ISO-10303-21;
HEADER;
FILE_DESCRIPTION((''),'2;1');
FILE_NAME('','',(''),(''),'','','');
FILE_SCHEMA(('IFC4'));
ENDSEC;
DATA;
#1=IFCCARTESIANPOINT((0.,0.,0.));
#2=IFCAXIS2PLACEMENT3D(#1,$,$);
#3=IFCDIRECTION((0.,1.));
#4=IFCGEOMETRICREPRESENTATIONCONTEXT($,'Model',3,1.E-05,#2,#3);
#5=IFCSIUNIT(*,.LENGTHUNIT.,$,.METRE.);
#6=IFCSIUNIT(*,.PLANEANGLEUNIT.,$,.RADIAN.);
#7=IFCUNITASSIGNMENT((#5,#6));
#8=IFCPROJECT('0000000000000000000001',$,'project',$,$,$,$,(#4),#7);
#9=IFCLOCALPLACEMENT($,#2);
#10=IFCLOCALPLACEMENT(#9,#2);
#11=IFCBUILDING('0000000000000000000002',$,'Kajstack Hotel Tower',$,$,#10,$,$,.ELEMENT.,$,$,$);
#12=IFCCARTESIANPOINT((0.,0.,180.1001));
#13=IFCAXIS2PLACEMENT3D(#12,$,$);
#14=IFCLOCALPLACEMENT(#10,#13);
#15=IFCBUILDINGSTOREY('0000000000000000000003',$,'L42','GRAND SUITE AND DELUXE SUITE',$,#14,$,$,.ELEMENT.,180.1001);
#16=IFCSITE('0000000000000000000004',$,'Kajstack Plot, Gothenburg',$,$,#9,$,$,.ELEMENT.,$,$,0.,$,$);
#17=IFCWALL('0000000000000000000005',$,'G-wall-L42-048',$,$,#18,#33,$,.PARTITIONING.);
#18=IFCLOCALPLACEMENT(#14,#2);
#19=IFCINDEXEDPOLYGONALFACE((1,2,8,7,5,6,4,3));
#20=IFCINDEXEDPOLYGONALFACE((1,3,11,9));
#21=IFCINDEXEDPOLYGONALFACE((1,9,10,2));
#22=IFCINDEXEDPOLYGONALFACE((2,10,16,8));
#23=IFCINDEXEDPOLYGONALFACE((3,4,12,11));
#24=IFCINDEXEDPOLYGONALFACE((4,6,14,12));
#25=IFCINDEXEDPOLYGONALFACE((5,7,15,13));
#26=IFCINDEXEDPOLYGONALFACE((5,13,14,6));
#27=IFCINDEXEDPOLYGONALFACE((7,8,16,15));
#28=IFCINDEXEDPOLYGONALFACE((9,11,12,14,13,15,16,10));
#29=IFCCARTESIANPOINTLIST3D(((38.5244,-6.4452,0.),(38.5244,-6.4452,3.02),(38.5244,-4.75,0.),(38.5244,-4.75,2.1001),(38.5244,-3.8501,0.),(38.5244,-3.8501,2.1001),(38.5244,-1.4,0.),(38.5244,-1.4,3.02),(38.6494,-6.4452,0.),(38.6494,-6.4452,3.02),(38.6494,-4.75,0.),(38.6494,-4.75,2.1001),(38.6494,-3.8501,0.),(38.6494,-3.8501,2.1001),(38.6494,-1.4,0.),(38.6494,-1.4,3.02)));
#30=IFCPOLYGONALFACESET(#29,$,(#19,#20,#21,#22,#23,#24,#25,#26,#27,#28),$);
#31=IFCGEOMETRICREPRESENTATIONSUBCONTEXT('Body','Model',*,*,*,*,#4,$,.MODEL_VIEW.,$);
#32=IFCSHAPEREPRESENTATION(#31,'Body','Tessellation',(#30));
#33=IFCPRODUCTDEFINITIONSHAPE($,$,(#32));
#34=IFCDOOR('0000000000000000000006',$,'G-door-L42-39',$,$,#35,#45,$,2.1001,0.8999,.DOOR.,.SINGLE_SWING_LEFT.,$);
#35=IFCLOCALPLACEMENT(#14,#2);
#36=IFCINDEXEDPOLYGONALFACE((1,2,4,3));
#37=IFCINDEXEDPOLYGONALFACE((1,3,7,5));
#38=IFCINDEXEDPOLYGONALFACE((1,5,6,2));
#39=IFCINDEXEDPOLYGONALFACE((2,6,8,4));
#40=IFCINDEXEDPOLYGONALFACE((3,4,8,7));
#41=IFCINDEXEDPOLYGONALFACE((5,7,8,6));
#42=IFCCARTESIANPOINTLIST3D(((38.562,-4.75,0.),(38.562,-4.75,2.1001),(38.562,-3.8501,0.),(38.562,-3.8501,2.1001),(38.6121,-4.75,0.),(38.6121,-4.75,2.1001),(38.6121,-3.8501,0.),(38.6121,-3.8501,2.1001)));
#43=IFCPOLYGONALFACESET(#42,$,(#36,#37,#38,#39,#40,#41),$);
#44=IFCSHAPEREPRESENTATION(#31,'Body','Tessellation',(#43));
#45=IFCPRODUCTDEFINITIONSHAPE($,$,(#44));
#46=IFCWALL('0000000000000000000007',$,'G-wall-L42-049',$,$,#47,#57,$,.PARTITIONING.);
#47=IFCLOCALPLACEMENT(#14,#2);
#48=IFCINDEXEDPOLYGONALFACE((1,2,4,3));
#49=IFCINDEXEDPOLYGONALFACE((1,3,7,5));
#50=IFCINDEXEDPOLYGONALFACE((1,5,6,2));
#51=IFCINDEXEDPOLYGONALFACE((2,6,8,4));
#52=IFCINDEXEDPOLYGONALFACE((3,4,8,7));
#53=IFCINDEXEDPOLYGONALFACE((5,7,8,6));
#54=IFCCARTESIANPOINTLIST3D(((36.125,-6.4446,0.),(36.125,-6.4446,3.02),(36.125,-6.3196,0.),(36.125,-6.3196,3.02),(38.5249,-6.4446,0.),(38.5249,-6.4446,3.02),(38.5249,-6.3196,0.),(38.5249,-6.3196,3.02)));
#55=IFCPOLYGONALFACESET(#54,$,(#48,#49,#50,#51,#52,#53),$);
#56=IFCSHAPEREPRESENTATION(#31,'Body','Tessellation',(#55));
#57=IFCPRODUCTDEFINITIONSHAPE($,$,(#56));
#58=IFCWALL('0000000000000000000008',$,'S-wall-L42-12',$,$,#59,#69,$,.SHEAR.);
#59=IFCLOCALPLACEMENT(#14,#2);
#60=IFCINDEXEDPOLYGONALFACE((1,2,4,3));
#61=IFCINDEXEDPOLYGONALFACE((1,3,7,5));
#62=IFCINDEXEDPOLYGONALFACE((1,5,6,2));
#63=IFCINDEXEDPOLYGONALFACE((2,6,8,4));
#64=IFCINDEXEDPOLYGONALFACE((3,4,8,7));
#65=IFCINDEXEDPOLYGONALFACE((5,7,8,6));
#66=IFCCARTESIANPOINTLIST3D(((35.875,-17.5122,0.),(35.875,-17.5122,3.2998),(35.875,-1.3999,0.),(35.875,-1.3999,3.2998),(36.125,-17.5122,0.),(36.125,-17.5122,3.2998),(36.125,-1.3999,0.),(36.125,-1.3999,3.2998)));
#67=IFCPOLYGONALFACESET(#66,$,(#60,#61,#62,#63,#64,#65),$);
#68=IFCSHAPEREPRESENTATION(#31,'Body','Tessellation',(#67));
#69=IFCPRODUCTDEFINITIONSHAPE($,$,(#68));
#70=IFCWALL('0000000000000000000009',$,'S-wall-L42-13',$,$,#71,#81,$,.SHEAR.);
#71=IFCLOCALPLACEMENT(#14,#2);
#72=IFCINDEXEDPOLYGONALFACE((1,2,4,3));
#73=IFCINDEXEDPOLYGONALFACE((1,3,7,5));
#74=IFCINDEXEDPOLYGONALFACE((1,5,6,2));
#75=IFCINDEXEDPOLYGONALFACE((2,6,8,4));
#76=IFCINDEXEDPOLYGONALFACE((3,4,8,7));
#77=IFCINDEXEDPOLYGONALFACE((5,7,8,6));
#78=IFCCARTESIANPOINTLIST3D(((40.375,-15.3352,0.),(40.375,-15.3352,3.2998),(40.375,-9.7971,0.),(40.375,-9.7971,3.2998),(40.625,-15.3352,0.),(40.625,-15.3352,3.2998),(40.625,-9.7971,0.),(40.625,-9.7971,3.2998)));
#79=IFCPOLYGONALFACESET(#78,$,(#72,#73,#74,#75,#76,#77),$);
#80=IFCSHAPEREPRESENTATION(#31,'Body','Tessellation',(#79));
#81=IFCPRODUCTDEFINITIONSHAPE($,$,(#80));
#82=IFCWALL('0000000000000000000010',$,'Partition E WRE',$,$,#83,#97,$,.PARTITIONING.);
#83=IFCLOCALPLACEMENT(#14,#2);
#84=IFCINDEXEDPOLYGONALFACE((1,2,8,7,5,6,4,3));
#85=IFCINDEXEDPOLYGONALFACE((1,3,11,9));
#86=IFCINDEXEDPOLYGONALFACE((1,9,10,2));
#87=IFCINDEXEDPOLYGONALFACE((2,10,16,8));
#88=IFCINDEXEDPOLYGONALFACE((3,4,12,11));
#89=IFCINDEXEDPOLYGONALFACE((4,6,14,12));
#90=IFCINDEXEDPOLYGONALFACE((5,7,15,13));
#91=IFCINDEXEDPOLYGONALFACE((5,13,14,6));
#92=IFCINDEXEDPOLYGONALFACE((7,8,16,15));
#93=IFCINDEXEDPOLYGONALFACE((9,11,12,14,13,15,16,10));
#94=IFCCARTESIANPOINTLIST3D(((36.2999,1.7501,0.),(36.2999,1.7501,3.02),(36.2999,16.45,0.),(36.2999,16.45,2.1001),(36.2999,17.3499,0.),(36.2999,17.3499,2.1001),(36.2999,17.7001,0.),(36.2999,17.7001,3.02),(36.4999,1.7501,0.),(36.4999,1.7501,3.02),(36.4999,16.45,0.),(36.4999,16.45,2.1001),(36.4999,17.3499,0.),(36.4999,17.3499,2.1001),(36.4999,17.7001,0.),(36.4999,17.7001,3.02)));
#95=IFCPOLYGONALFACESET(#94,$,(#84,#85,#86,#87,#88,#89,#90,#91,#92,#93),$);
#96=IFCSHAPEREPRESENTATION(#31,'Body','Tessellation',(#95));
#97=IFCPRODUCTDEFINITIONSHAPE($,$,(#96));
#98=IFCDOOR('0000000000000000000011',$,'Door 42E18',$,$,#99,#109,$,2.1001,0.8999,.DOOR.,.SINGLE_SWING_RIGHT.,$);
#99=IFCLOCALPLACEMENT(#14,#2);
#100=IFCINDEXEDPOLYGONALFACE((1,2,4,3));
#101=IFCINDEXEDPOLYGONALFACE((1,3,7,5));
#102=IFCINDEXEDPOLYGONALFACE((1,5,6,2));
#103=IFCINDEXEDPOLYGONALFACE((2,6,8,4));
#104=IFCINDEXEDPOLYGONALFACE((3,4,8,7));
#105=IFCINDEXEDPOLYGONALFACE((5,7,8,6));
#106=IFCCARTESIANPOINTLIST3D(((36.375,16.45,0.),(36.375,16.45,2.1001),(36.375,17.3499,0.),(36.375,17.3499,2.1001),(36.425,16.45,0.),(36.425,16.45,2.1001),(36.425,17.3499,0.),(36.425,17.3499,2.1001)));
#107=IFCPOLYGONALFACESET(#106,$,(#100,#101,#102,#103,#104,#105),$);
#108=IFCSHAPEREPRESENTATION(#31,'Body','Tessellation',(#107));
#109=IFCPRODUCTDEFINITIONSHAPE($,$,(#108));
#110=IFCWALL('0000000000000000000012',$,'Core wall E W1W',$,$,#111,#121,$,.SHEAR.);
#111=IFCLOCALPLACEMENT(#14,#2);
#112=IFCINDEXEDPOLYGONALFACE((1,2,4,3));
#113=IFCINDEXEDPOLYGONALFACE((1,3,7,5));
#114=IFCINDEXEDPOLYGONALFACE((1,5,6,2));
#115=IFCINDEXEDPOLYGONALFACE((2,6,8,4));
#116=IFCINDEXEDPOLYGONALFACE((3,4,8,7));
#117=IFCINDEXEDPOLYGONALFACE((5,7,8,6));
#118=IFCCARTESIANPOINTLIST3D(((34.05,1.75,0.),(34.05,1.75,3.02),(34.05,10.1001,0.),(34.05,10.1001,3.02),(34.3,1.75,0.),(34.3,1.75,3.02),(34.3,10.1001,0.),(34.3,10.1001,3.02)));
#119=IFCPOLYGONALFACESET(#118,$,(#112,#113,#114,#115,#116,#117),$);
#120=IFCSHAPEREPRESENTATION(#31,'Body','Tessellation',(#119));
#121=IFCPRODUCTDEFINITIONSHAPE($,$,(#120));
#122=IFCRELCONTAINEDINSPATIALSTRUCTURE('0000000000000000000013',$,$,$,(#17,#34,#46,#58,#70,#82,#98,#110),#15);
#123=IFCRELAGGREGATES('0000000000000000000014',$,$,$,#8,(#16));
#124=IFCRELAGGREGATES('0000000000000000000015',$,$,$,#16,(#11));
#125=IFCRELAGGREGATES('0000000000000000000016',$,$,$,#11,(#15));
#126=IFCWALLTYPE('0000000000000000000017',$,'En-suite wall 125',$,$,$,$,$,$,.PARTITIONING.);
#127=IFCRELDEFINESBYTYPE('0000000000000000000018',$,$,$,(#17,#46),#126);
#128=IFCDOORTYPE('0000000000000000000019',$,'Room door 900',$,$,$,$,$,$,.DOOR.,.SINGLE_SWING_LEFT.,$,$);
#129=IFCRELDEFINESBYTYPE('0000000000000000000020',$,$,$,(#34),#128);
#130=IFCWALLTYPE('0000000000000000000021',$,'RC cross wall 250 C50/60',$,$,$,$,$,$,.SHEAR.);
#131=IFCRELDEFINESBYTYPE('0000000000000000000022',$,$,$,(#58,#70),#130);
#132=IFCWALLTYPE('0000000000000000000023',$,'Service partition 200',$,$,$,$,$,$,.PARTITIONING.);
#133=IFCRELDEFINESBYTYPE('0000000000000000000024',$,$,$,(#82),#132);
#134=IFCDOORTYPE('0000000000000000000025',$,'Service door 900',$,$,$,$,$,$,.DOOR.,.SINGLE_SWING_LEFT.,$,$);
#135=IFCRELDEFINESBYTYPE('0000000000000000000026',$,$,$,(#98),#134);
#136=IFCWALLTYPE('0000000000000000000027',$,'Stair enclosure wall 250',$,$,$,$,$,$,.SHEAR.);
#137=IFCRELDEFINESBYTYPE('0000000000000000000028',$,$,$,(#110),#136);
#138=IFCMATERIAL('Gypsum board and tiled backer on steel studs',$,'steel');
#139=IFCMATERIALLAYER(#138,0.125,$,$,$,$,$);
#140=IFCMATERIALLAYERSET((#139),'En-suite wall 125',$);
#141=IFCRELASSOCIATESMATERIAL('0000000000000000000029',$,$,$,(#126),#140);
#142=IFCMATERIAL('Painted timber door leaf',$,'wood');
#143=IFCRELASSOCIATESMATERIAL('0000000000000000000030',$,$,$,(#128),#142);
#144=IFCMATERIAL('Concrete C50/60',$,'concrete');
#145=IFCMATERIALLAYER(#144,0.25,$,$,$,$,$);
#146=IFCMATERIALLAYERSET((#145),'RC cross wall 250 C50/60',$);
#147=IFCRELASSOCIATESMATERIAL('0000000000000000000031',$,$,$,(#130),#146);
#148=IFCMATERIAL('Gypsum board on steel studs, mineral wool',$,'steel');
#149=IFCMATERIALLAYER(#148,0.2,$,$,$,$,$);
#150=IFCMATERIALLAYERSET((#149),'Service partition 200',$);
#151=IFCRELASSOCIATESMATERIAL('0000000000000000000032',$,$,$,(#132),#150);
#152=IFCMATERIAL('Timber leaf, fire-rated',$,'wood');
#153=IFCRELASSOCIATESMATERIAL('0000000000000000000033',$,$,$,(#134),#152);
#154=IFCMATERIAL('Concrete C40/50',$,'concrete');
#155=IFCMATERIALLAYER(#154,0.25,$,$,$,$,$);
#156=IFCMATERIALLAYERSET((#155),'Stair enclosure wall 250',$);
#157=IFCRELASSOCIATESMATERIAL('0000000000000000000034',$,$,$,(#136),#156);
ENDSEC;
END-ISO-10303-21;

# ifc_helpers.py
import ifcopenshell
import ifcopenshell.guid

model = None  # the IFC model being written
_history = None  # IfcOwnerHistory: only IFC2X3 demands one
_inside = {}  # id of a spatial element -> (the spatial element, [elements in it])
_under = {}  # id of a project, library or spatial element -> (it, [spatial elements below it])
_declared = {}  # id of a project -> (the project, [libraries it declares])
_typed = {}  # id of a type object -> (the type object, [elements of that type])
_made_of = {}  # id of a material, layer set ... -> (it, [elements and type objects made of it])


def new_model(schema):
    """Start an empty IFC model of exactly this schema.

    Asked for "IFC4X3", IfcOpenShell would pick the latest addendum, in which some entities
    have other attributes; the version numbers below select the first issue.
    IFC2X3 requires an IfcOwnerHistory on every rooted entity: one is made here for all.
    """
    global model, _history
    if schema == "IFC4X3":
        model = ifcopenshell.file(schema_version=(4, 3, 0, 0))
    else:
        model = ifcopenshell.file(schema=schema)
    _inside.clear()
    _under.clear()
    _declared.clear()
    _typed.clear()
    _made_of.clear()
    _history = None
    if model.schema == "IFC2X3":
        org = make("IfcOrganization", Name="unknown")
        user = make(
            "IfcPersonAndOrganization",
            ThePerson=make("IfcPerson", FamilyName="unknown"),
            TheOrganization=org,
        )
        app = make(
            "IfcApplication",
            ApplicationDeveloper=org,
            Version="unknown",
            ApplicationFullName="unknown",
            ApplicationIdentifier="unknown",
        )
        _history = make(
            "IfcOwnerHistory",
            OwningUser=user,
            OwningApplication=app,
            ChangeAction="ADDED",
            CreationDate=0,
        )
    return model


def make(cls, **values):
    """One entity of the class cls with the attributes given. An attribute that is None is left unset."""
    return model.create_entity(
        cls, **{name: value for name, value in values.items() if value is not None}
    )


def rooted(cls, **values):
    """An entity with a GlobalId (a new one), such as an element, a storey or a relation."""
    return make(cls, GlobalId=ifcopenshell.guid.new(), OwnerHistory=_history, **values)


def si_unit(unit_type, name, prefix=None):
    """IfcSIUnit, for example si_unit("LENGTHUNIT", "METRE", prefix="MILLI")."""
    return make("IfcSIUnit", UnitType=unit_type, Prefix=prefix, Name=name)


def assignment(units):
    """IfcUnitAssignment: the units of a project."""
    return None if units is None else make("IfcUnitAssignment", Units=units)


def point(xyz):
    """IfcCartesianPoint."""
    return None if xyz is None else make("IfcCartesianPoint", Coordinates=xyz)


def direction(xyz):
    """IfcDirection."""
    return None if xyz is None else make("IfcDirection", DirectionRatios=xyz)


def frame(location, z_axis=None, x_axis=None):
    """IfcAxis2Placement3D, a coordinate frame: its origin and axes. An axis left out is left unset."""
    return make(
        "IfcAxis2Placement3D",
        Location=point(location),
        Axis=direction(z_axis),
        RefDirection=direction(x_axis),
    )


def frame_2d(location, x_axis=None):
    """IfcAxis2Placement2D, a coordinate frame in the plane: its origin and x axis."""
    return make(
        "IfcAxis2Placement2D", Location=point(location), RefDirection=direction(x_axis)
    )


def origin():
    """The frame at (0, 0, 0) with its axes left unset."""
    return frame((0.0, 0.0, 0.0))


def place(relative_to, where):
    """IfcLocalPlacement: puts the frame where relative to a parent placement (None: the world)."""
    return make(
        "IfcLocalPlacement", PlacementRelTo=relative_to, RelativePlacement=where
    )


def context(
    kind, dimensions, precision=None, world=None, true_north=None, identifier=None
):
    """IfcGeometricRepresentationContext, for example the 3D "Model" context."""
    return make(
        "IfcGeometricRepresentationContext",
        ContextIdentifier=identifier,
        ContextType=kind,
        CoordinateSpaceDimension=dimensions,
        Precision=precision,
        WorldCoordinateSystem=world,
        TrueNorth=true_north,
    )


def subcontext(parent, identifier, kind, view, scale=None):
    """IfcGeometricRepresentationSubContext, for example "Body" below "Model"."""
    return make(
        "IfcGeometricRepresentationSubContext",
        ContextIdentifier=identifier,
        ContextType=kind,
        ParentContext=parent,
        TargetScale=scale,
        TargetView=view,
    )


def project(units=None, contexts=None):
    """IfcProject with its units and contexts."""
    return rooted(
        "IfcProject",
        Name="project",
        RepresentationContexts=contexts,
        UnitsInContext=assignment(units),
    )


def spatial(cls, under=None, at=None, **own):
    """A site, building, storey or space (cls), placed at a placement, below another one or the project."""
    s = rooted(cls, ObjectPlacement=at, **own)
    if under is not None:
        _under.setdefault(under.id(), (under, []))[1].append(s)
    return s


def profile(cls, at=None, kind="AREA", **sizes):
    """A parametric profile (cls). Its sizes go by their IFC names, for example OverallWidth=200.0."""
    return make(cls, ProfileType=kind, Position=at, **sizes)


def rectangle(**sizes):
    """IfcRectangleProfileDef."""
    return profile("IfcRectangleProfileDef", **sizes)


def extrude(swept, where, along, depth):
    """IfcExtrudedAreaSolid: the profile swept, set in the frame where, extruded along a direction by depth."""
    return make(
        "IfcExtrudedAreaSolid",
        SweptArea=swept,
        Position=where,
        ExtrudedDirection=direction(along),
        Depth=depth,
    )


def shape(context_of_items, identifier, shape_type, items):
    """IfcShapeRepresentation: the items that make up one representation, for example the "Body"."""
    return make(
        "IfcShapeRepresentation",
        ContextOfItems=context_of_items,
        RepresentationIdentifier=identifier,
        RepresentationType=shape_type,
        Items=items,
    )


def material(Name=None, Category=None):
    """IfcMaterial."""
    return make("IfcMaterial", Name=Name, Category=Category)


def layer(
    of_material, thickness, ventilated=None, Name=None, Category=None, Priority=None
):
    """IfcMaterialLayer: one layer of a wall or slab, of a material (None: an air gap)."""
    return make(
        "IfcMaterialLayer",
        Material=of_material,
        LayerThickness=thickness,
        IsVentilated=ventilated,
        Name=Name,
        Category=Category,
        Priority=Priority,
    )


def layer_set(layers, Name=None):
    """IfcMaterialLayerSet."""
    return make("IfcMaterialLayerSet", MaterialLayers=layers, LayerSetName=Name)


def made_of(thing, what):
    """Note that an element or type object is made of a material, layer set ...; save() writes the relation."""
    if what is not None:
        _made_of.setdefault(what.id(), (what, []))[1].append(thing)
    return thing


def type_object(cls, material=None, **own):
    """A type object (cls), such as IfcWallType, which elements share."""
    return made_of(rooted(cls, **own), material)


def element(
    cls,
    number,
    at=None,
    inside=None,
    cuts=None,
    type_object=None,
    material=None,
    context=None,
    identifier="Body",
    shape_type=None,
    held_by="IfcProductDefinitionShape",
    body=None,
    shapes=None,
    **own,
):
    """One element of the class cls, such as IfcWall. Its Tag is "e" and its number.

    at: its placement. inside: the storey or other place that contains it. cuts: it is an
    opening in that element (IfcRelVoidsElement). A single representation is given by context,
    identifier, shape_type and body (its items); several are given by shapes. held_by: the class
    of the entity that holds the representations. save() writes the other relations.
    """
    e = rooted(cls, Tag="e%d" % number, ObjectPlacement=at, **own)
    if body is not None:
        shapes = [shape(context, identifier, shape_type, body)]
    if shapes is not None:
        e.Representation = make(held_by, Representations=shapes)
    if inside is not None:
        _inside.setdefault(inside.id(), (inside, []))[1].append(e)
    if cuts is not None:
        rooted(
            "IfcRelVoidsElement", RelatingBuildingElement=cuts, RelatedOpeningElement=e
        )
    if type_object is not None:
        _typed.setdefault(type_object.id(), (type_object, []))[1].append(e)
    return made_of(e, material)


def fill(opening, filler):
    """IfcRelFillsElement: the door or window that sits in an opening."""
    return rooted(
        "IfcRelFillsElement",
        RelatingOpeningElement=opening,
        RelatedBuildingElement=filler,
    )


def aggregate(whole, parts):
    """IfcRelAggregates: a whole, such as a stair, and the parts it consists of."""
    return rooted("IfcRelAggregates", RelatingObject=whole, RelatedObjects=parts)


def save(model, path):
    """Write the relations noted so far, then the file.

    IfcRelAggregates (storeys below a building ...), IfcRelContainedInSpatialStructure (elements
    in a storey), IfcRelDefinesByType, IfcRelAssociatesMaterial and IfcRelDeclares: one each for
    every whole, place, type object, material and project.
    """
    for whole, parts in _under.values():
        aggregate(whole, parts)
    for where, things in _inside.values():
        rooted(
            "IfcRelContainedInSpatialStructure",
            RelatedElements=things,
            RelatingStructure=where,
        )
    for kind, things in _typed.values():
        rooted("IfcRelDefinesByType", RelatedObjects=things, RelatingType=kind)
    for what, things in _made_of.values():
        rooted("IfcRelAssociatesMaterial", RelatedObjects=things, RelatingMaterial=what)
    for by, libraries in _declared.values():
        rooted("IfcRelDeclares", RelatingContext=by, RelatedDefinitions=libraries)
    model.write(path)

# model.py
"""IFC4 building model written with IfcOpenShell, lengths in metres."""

from ifc_helpers import new_model, si_unit, direction, frame, frame_2d, origin, place, context, subcontext, project, spatial, rectangle, extrude, material, layer, layer_set, type_object, element, fill, save


model = new_model("IFC4")

# Units and contexts
model_context = context("Model", 3, precision=1e-05, world=origin(), true_north=direction((0.0, 1.0)))
body_context = subcontext(model_context, "Body", "Model", "MODEL_VIEW")
ifc_project = project(units=[si_unit("LENGTHUNIT", "METRE"), si_unit("PLANEANGLEUNIT", "RADIAN")], contexts=[model_context])

# Site, building, storey
site_placement = place(None, origin())
site = spatial("IfcSite", under=ifc_project, at=site_placement, Name="Kajstack Plot, Gothenburg", CompositionType="ELEMENT", RefElevation=0.0)
building_placement = place(site_placement, origin())
building = spatial("IfcBuilding", under=site, at=building_placement, Name="Kajstack Hotel Tower", CompositionType="ELEMENT")
storey_placement = place(building_placement, frame((0.0, 0.0, 180.1001)))
storey = spatial("IfcBuildingStorey", under=building, at=storey_placement, Name="L42", Description="GRAND SUITE AND DELUXE SUITE", CompositionType="ELEMENT", Elevation=180.1001)

# Wall, opening, door
ifc_material_1 = material(Name="Gypsum board and tiled backer on steel studs", Category="steel")
ifc_layer_1 = layer(ifc_material_1, 0.125)
ifc_layer_set_1 = layer_set([ifc_layer_1], Name="En-suite wall 125")
wall_type_1 = type_object("IfcWallType", Name="En-suite wall 125", PredefinedType="PARTITIONING", material=ifc_layer_set_1)
wall_1_placement = place(storey_placement, frame((38.5869, -6.4451, 0.0), z_axis=(0.0, 0.0, 1.0), x_axis=(0.0, 1.0, 0.0)))
wall_1 = element("IfcWall", 1, at=wall_1_placement, inside=storey, type_object=wall_type_1, Name="G-wall-L42-048", PredefinedType="PARTITIONING", context=body_context, shape_type="SweptSolid", body=[
    extrude(rectangle(XDim=5.0452, YDim=0.125, at=frame_2d((2.5225, 0.0))), origin(), (0.0, 0.0, 1.0), 3.02),
])
opening_1_placement = place(wall_1_placement, frame((1.6951, 0.0, 0.0)))
opening_1 = element("IfcOpeningElement", 2, at=opening_1_placement, cuts=wall_1, PredefinedType="OPENING", context=body_context, shape_type="SweptSolid", body=[
    extrude(rectangle(XDim=0.8999, YDim=2.1001, at=frame_2d((0.45, 1.05))), frame((0.0, 0.0725, 0.0), z_axis=(0.0, -1.0, 0.0), x_axis=(1.0, 0.0, 0.0)), (0.0, 0.0, 1.0), 0.145),
])
ifc_material_2 = material(Name="Painted timber door leaf", Category="wood")
door_type_1 = type_object("IfcDoorType", Name="Room door 900", OperationType="SINGLE_SWING_LEFT", PredefinedType="DOOR", material=ifc_material_2)
door_1_placement = place(opening_1_placement, origin())
door_1 = element("IfcDoor", 3, at=door_1_placement, inside=storey, type_object=door_type_1, Name="G-door-L42-39", OperationType="SINGLE_SWING_LEFT", OverallHeight=2.1001, OverallWidth=0.8999, PredefinedType="DOOR", context=body_context, shape_type="SweptSolid", body=[
    extrude(rectangle(XDim=0.8999, YDim=2.1001, at=frame_2d((0.45, 1.05))), frame((0.0, 0.0249, 0.0), z_axis=(0.0, -1.0, 0.0), x_axis=(1.0, 0.0, 0.0)), (0.0, 0.0, 1.0), 0.05),
])
fill(opening_1, door_1)

# Walls
wall_2_placement = place(storey_placement, frame((36.125, -6.3821, 0.0), z_axis=(0.0, 0.0, 1.0), x_axis=(1.0, 0.0, 0.0)))
element("IfcWall", 4, at=wall_2_placement, inside=storey, type_object=wall_type_1, Name="G-wall-L42-049", PredefinedType="PARTITIONING", context=body_context, shape_type="SweptSolid", body=[
    extrude(rectangle(XDim=2.3999, YDim=0.125, at=frame_2d((1.2, 0.0))), origin(), (0.0, 0.0, 1.0), 3.02),
])
ifc_material_3 = material(Name="Concrete C50/60", Category="concrete")
ifc_layer_2 = layer(ifc_material_3, 0.25)
ifc_layer_set_2 = layer_set([ifc_layer_2], Name="RC cross wall 250 C50/60")
wall_type_2 = type_object("IfcWallType", Name="RC cross wall 250 C50/60", PredefinedType="SHEAR", material=ifc_layer_set_2)
wall_3_placement = place(storey_placement, frame((36.0, -17.5122, 0.0), z_axis=(0.0, 0.0, 1.0), x_axis=(0.0, 1.0, 0.0)))
element("IfcWall", 5, at=wall_3_placement, inside=storey, type_object=wall_type_2, Name="S-wall-L42-12", PredefinedType="SHEAR", context=body_context, shape_type="SweptSolid", body=[
    extrude(rectangle(XDim=16.1123, YDim=0.25, at=frame_2d((8.0562, 0.0))), origin(), (0.0, 0.0, 1.0), 3.2998),
])
wall_4_placement = place(storey_placement, frame((40.5, -15.3352, 0.0), z_axis=(0.0, 0.0, 1.0), x_axis=(0.0, 1.0, 0.0)))
element("IfcWall", 6, at=wall_4_placement, inside=storey, type_object=wall_type_2, Name="S-wall-L42-13", PredefinedType="SHEAR", context=body_context, shape_type="SweptSolid", body=[
    extrude(rectangle(XDim=5.5381, YDim=0.25, at=frame_2d((2.769, 0.0))), origin(), (0.0, 0.0, 1.0), 3.2998),
])

# Wall, opening, door
ifc_material_4 = material(Name="Gypsum board on steel studs, mineral wool", Category="steel")
ifc_layer_3 = layer(ifc_material_4, 0.2)
ifc_layer_set_3 = layer_set([ifc_layer_3], Name="Service partition 200")
wall_type_3 = type_object("IfcWallType", Name="Service partition 200", PredefinedType="PARTITIONING", material=ifc_layer_set_3)
wall_5_placement = place(storey_placement, frame((36.3999, 1.75, 0.0), z_axis=(0.0, 0.0, 1.0), x_axis=(0.0, 1.0, 0.0)))
wall_5 = element("IfcWall", 7, at=wall_5_placement, inside=storey, type_object=wall_type_3, Name="Partition E WRE", PredefinedType="PARTITIONING", context=body_context, shape_type="SweptSolid", body=[
    extrude(rectangle(XDim=15.95, YDim=0.2, at=frame_2d((7.9751, 0.0))), origin(), (0.0, 0.0, 1.0), 3.02),
])
opening_2_placement = place(wall_5_placement, frame((14.7, 0.0, 0.0)))
opening_2 = element("IfcOpeningElement", 8, at=opening_2_placement, cuts=wall_5, PredefinedType="OPENING", context=body_context, shape_type="SweptSolid", body=[
    extrude(rectangle(XDim=0.8999, YDim=2.1001, at=frame_2d((0.45, 1.05))), frame((0.0, 0.1099, 0.0), z_axis=(0.0, -1.0, 0.0), x_axis=(1.0, 0.0, 0.0)), (0.0, 0.0, 1.0), 0.22),
])
ifc_material_5 = material(Name="Timber leaf, fire-rated", Category="wood")
door_type_2 = type_object("IfcDoorType", Name="Service door 900", OperationType="SINGLE_SWING_LEFT", PredefinedType="DOOR", material=ifc_material_5)
door_2_placement = place(opening_2_placement, origin())
door_2 = element("IfcDoor", 9, at=door_2_placement, inside=storey, type_object=door_type_2, Name="Door 42E18", OperationType="SINGLE_SWING_RIGHT", OverallHeight=2.1001, OverallWidth=0.8999, PredefinedType="DOOR", context=body_context, shape_type="SweptSolid", body=[
    extrude(rectangle(XDim=0.8999, YDim=2.1001, at=frame_2d((0.45, 1.05))), frame((0.0, 0.0249, 0.0), z_axis=(0.0, -1.0, 0.0), x_axis=(1.0, 0.0, 0.0)), (0.0, 0.0, 1.0), 0.05),
])
fill(opening_2, door_2)

# Wall
ifc_material_6 = material(Name="Concrete C40/50", Category="concrete")
ifc_layer_4 = layer(ifc_material_6, 0.25)
ifc_layer_set_4 = layer_set([ifc_layer_4], Name="Stair enclosure wall 250")
wall_type_4 = type_object("IfcWallType", Name="Stair enclosure wall 250", PredefinedType="SHEAR", material=ifc_layer_set_4)
wall_6_placement = place(storey_placement, frame((34.175, 1.75, 0.0), z_axis=(0.0, 0.0, 1.0), x_axis=(0.0, 1.0, 0.0)))
element("IfcWall", 10, at=wall_6_placement, inside=storey, type_object=wall_type_4, Name="Core wall E W1W", PredefinedType="SHEAR", context=body_context, shape_type="SweptSolid", body=[
    extrude(rectangle(XDim=8.3501, YDim=0.25, at=frame_2d((4.175, 0.0))), origin(), (0.0, 0.0, 1.0), 3.02),
])

save(model, "model.ifc")
